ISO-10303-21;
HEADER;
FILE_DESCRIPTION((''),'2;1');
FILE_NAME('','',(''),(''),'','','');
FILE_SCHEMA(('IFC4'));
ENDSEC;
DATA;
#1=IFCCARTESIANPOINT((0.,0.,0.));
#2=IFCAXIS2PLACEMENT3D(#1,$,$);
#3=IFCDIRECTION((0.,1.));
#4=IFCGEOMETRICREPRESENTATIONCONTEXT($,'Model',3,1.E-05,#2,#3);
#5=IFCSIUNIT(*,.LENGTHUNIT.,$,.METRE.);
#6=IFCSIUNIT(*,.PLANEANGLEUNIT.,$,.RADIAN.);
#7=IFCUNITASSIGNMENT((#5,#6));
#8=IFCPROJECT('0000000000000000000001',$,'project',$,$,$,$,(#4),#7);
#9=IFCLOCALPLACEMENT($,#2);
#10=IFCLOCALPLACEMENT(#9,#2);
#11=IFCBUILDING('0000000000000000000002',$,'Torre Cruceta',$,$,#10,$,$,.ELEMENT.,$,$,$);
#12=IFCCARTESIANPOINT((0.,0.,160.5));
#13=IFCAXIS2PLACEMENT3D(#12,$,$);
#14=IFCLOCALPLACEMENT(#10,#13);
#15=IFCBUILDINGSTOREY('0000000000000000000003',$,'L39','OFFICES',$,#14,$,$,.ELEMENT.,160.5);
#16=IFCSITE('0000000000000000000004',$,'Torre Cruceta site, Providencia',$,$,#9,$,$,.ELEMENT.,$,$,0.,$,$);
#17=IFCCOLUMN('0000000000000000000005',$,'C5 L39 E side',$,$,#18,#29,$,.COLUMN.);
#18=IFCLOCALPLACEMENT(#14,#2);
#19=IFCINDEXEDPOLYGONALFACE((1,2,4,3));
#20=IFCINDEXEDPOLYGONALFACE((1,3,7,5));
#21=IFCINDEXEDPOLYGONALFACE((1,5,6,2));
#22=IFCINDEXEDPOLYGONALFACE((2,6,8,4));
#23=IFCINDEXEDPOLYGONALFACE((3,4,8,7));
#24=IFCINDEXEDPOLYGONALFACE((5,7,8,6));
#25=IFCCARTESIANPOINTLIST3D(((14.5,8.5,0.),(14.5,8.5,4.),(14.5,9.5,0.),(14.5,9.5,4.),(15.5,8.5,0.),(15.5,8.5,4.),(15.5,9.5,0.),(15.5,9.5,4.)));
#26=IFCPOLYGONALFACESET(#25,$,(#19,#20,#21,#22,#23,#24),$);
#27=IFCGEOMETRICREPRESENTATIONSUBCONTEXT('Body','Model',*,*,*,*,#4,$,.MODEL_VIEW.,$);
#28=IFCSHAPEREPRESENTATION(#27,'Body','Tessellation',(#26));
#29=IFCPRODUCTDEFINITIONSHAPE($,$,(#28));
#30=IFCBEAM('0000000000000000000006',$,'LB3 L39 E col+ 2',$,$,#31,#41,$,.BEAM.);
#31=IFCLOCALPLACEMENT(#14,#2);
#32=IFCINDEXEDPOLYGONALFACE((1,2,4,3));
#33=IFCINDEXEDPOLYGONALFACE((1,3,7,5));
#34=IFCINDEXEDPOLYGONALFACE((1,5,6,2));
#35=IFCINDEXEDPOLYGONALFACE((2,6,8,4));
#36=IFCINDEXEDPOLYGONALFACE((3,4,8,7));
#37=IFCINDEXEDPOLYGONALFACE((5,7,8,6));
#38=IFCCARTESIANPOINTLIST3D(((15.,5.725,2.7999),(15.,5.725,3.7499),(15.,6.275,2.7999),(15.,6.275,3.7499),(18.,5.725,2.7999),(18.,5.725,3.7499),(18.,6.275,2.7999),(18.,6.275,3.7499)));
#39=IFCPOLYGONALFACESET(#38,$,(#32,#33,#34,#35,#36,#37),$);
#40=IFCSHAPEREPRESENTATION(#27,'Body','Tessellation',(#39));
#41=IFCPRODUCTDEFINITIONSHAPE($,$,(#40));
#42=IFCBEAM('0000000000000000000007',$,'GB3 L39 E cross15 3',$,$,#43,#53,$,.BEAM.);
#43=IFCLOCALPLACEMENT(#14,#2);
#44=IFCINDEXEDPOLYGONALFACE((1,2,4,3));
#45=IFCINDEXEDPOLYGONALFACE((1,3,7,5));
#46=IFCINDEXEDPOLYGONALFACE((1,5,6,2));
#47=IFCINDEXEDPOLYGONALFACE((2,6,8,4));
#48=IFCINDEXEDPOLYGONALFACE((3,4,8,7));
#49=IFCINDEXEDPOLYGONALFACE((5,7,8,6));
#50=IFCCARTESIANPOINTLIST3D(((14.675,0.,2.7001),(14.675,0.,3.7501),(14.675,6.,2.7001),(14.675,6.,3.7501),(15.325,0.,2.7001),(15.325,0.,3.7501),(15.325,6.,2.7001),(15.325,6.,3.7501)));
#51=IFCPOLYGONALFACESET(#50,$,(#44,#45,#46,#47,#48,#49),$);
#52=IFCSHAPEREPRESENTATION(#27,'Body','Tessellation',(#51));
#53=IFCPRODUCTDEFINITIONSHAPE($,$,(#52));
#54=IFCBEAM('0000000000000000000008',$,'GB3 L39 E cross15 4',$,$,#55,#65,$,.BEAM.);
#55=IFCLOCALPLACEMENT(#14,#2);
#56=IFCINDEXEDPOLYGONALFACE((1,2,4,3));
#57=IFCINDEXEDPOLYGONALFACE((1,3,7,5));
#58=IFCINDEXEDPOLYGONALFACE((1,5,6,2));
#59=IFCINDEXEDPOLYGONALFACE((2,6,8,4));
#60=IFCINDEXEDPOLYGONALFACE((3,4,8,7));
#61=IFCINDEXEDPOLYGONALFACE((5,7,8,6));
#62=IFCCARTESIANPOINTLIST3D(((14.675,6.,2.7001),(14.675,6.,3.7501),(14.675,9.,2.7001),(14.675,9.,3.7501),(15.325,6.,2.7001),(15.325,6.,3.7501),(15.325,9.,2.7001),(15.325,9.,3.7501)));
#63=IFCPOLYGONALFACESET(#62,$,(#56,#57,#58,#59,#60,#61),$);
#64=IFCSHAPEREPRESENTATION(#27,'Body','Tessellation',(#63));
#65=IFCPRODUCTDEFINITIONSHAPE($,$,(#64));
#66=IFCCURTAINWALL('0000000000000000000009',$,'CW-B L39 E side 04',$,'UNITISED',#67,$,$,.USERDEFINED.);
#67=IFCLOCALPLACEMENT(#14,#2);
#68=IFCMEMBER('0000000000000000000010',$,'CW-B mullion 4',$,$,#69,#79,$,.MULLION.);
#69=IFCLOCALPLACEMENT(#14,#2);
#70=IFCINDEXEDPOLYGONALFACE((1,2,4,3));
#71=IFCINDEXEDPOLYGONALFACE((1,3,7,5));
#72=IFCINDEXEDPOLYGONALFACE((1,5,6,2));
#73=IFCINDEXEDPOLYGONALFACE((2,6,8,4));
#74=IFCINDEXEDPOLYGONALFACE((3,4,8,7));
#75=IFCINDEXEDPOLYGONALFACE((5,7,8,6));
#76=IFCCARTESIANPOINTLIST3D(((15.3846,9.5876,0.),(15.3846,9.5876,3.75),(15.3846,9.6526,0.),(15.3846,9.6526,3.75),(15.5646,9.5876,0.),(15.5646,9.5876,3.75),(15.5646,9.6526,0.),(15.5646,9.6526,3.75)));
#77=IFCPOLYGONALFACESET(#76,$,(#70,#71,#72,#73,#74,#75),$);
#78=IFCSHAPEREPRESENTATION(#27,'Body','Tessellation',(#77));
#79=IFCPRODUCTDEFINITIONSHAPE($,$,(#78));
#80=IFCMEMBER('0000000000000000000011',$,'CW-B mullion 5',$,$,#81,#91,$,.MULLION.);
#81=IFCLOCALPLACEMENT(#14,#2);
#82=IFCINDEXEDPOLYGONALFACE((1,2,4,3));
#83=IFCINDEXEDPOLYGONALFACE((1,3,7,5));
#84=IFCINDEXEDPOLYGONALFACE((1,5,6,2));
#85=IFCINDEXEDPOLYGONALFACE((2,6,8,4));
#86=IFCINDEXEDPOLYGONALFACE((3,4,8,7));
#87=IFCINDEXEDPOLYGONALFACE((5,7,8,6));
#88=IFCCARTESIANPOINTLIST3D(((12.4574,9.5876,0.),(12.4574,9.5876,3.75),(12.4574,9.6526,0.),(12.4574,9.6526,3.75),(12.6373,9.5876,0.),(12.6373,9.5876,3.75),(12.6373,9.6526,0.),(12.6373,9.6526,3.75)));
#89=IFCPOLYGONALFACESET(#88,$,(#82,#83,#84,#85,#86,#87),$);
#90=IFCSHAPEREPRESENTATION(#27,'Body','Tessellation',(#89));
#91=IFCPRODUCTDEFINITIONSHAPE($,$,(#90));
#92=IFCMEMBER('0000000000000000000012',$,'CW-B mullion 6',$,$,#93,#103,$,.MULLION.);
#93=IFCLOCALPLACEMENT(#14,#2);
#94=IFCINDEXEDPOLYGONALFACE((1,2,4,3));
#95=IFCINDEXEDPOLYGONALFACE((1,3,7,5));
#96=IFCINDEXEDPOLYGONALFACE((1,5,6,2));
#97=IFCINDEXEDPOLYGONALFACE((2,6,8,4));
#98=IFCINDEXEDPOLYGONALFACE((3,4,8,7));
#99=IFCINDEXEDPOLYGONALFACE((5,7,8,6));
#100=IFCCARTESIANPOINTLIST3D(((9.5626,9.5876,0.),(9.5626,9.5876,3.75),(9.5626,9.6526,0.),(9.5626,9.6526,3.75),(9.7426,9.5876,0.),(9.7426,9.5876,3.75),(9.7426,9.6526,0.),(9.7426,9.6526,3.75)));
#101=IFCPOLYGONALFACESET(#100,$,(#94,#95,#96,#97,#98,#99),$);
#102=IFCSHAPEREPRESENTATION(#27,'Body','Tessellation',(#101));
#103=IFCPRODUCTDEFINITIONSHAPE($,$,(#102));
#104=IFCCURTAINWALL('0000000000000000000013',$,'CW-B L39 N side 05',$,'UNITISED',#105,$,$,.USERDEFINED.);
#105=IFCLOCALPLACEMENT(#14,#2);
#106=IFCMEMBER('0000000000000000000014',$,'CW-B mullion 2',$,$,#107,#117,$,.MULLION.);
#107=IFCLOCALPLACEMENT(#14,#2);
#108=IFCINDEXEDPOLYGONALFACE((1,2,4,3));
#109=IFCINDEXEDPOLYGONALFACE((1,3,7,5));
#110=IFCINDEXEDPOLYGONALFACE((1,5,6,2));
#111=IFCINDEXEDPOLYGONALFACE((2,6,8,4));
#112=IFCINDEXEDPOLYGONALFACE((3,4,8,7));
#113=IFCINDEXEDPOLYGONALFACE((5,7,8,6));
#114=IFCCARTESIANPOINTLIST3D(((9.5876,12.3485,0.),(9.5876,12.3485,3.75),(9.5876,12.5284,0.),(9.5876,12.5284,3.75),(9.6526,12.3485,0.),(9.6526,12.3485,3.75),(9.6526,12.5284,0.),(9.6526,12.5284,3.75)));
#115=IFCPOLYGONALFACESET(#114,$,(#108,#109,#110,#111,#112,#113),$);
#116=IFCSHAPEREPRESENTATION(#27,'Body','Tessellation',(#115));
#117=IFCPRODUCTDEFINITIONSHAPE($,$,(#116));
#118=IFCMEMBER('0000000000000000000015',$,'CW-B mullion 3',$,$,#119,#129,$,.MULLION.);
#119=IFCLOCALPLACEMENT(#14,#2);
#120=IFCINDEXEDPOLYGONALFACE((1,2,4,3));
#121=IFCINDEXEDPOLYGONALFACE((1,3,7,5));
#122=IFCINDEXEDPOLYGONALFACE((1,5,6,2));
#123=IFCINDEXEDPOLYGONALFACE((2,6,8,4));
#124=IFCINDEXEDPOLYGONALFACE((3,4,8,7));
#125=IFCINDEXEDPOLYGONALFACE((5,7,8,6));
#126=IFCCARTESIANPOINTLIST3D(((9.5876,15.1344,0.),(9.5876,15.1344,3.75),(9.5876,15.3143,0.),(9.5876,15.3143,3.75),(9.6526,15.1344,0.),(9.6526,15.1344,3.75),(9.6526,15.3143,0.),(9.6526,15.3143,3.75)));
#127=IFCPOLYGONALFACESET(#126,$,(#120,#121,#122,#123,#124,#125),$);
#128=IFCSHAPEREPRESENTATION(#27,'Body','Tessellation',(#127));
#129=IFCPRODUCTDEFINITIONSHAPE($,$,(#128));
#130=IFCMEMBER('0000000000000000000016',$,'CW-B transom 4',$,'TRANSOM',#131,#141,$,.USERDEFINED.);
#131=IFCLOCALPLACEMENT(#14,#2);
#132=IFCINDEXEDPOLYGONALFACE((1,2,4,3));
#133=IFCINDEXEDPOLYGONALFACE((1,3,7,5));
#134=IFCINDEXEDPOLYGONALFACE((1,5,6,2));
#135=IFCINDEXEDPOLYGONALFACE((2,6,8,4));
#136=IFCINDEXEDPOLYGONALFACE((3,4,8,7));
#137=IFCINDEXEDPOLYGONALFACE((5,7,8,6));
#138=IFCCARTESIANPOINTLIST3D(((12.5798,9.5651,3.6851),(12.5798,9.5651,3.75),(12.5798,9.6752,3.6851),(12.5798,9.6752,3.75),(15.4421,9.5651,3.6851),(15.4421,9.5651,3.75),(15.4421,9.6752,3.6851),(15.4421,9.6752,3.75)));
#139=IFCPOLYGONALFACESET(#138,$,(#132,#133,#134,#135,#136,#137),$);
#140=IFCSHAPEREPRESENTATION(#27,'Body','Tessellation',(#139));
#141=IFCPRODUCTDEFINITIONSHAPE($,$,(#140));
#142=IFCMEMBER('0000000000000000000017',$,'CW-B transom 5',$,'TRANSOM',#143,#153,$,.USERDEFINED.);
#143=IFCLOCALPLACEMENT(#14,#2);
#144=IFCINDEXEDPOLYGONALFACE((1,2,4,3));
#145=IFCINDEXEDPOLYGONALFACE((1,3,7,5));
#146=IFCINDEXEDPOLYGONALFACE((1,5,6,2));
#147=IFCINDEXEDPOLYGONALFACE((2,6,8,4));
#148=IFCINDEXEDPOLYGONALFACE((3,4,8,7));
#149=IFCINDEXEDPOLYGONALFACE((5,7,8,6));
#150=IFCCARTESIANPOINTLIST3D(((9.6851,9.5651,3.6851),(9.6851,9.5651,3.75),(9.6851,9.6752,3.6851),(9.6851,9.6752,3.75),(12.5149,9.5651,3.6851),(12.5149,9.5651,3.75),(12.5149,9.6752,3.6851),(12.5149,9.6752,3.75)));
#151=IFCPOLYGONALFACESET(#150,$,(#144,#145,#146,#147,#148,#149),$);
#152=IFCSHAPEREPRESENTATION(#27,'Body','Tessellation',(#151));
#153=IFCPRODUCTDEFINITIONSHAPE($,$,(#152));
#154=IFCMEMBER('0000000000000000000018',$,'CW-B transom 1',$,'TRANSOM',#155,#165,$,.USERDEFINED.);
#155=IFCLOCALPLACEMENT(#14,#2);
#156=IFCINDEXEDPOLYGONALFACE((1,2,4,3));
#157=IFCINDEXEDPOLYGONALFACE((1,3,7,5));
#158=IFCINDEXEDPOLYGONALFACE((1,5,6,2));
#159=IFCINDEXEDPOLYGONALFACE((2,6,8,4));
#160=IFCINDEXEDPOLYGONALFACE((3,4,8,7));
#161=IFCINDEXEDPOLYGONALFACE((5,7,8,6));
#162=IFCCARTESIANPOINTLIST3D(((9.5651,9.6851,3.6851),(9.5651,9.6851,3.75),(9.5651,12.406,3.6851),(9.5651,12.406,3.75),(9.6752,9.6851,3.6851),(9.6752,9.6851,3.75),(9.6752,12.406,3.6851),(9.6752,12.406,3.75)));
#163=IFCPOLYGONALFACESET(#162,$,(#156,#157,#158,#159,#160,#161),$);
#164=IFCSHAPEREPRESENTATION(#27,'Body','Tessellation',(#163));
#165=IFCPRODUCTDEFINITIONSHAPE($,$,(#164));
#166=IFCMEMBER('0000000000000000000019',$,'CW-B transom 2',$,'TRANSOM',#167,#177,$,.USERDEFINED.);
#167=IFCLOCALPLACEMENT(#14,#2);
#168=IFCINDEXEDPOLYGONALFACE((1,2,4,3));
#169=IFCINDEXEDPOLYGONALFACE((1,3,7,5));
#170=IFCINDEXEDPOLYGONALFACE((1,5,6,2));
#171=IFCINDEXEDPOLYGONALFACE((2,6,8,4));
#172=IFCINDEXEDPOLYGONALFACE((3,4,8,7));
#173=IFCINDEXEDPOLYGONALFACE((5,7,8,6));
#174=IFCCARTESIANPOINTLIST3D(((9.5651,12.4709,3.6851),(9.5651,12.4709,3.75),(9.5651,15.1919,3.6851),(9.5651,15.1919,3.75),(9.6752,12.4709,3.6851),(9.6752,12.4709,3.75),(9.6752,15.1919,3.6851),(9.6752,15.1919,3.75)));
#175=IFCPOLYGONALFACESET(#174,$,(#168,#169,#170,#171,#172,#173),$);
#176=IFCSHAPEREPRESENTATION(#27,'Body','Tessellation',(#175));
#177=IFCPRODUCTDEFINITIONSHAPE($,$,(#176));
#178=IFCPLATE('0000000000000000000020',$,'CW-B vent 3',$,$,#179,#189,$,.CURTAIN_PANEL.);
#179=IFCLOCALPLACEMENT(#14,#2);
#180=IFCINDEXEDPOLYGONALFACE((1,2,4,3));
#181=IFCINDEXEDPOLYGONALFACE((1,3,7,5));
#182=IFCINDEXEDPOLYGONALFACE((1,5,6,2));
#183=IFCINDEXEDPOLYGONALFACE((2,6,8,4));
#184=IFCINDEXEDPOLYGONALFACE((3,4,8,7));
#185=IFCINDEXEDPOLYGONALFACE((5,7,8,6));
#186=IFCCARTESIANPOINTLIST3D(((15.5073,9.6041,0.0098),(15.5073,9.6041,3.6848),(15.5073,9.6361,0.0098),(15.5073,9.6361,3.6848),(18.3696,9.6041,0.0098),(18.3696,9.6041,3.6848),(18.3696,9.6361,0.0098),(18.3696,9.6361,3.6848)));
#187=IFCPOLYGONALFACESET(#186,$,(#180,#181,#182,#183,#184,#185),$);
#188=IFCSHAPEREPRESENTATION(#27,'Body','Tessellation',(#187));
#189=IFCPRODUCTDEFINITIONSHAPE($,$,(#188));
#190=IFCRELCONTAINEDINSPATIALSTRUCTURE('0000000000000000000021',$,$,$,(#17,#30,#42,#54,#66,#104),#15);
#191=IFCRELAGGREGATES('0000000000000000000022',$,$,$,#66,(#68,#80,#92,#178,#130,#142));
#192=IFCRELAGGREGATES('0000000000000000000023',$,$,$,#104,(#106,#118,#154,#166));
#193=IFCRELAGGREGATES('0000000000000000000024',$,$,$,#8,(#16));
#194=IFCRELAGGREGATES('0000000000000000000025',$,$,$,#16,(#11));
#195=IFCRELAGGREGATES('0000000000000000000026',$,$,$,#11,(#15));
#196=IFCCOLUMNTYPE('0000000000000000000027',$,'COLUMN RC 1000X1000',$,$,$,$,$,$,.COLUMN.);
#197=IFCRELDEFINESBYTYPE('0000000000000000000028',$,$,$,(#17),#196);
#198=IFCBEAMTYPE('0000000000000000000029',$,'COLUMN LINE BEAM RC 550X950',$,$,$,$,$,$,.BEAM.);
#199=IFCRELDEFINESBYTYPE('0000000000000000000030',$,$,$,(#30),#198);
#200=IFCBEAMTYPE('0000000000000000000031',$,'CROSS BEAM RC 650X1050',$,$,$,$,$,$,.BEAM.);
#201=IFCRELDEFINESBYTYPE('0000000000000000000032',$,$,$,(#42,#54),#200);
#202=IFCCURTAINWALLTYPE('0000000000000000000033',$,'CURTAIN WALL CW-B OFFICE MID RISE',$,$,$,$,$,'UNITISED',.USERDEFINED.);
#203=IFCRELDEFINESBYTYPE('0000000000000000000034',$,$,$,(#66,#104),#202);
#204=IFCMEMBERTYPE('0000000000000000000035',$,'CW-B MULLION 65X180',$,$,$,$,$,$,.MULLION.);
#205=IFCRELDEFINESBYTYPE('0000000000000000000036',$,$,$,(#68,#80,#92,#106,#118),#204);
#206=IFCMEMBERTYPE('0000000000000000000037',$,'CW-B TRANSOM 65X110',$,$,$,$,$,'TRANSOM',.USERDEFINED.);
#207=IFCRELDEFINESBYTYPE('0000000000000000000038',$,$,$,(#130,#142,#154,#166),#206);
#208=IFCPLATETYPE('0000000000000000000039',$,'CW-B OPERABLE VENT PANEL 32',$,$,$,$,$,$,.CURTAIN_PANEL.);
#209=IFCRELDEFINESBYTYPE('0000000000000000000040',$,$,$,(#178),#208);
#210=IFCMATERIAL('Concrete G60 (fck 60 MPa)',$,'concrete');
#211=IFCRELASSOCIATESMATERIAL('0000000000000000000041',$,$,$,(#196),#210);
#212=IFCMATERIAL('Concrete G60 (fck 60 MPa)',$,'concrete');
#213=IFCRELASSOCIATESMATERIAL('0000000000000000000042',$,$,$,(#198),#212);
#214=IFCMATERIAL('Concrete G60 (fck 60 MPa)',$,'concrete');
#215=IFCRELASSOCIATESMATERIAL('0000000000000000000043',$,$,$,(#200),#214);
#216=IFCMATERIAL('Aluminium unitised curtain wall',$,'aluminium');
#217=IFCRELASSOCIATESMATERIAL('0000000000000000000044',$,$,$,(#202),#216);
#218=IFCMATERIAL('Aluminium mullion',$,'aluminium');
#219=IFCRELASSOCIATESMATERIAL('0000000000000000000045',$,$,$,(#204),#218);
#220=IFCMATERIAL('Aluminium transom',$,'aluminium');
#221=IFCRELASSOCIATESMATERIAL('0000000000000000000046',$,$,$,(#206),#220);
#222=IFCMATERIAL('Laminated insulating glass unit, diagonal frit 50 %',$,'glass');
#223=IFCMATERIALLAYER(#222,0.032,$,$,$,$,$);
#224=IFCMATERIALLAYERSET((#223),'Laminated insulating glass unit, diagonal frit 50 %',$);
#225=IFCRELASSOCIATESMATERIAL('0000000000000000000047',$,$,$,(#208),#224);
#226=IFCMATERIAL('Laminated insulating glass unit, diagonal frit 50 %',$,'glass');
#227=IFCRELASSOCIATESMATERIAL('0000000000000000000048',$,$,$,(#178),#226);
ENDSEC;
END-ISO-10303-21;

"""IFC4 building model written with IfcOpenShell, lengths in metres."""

from ifc_helpers import new_model, si_unit, direction, frame, origin, origin_2d, place, context, subcontext, project, spatial, rectangle, extrude, material, layer, layer_set, material_profile, profile_set, type_object, element, aggregate, save


model = new_model("IFC4")

# Units and contexts
model_context = context("Model", 3, precision=1e-05, world=origin(), true_north=direction((0.0, 1.0)))
body_context = subcontext(model_context, "Body", "Model", "MODEL_VIEW")
ifc_project = project(units=[si_unit("LENGTHUNIT", "METRE"), si_unit("PLANEANGLEUNIT", "RADIAN")], contexts=[model_context])

# Site, building, storey
site_placement = place(None, origin())
site = spatial("IfcSite", under=ifc_project, at=site_placement, Name="Torre Cruceta site, Providencia", CompositionType="ELEMENT", RefElevation=0.0)
building_placement = place(site_placement, origin())
building = spatial("IfcBuilding", under=site, at=building_placement, Name="Torre Cruceta", CompositionType="ELEMENT")
storey_placement = place(building_placement, frame((0.0, 0.0, 160.5)))
storey = spatial("IfcBuildingStorey", under=building, at=storey_placement, Name="L39", Description="OFFICES", CompositionType="ELEMENT", Elevation=160.5)

# Column
ifc_material_1 = material(Name="Concrete G60 (fck 60 MPa)", Category="concrete")
ifc_material_profile_1 = material_profile(ifc_material_1, rectangle(XDim=1.0, YDim=1.0, at=origin_2d()), Name="RC 1000X1000")
ifc_profile_set_1 = profile_set([ifc_material_profile_1], Name="Concrete G60 (fck 60 MPa)")
column_type = type_object("IfcColumnType", Name="COLUMN RC 1000X1000", PredefinedType="COLUMN", material=ifc_profile_set_1)
column_placement = place(storey_placement, frame((15.0, 9.0, 0.0), z_axis=(0.0, 0.0, 1.0), x_axis=(1.0, 0.0, 0.0)))
element("IfcColumn", 1, at=column_placement, inside=storey, type_object=column_type, Name="C5 L39 E side", PredefinedType="COLUMN", context=body_context, shape_type="SweptSolid", body=[
    extrude(rectangle(XDim=1.0, YDim=1.0, at=origin_2d()), origin(), (0.0, 0.0, 1.0), 4.0),
])

# Beams
ifc_material_2 = material(Name="Concrete G60 (fck 60 MPa)", Category="concrete")
ifc_material_profile_2 = material_profile(ifc_material_2, rectangle(XDim=0.55, YDim=0.95, at=origin_2d()), Name="RC 550X950")
ifc_profile_set_2 = profile_set([ifc_material_profile_2], Name="Concrete G60 (fck 60 MPa)")
beam_type_1 = type_object("IfcBeamType", Name="COLUMN LINE BEAM RC 550X950", PredefinedType="BEAM", material=ifc_profile_set_2)
beam_1_placement = place(storey_placement, frame((15.0, 6.0, 3.2749), z_axis=(1.0, 0.0, 0.0), x_axis=(0.0, 1.0, 0.0)))
element("IfcBeam", 2, at=beam_1_placement, inside=storey, type_object=beam_type_1, Name="LB3 L39 E col+ 2", PredefinedType="BEAM", context=body_context, shape_type="SweptSolid", body=[
    extrude(rectangle(XDim=0.55, YDim=0.95, at=origin_2d()), origin(), (0.0, 0.0, 1.0), 3.0),
])
ifc_material_3 = material(Name="Concrete G60 (fck 60 MPa)", Category="concrete")
ifc_material_profile_3 = material_profile(ifc_material_3, rectangle(XDim=0.6499, YDim=1.05, at=origin_2d()), Name="RC 650X1050")
ifc_profile_set_3 = profile_set([ifc_material_profile_3], Name="Concrete G60 (fck 60 MPa)")
beam_type_2 = type_object("IfcBeamType", Name="CROSS BEAM RC 650X1050", PredefinedType="BEAM", material=ifc_profile_set_3)
beam_2_placement = place(storey_placement, frame((15.0, 0.0, 3.2251), z_axis=(0.0, 1.0, 0.0), x_axis=(-1.0, 0.0, 0.0)))
element("IfcBeam", 3, at=beam_2_placement, inside=storey, type_object=beam_type_2, Name="GB3 L39 E cross15 3", PredefinedType="BEAM", context=body_context, shape_type="SweptSolid", body=[
    extrude(rectangle(XDim=0.6499, YDim=1.05, at=origin_2d()), origin(), (0.0, 0.0, 1.0), 6.0),
])
beam_3_placement = place(storey_placement, frame((15.0, 6.0, 3.2251), z_axis=(0.0, 1.0, 0.0), x_axis=(-1.0, 0.0, 0.0)))
element("IfcBeam", 4, at=beam_3_placement, inside=storey, type_object=beam_type_2, Name="GB3 L39 E cross15 4", PredefinedType="BEAM", context=body_context, shape_type="SweptSolid", body=[
    extrude(rectangle(XDim=0.6499, YDim=1.05, at=origin_2d()), origin(), (0.0, 0.0, 1.0), 3.0),
])

# Curtain walls, members
ifc_material_4 = material(Name="Aluminium unitised curtain wall", Category="aluminium")
curtain_wall_type = type_object("IfcCurtainWallType", Name="CURTAIN WALL CW-B OFFICE MID RISE", ElementType="UNITISED", PredefinedType="USERDEFINED", material=ifc_material_4)
curtain_wall_1_placement = place(storey_placement, origin())
curtain_wall_1 = element("IfcCurtainWall", 5, at=curtain_wall_1_placement, inside=storey, type_object=curtain_wall_type, Name="CW-B L39 E side 04", ObjectType="UNITISED", PredefinedType="USERDEFINED")
ifc_material_5 = material(Name="Aluminium mullion", Category="aluminium")
ifc_material_profile_4 = material_profile(ifc_material_5, rectangle(XDim=0.0649, YDim=0.1799, at=origin_2d()), Name="AL 65X180")
ifc_profile_set_4 = profile_set([ifc_material_profile_4], Name="Aluminium mullion")
member_type_1 = type_object("IfcMemberType", Name="CW-B MULLION 65X180", PredefinedType="MULLION", material=ifc_profile_set_4)
member_1_placement = place(storey_placement, frame((15.4746, 9.6201, 0.0), z_axis=(0.0, 0.0, 1.0), x_axis=(0.0, -1.0, 0.0)))
member_1 = element("IfcMember", 6, at=member_1_placement, type_object=member_type_1, Name="CW-B mullion 4", PredefinedType="MULLION", context=body_context, shape_type="SweptSolid", body=[
    extrude(rectangle(XDim=0.0649, YDim=0.1799, at=origin_2d()), origin(), (0.0, 0.0, 1.0), 3.75),
])
member_2_placement = place(storey_placement, frame((12.5474, 9.6201, 0.0), z_axis=(0.0, 0.0, 1.0), x_axis=(0.0, -1.0, 0.0)))
member_2 = element("IfcMember", 7, at=member_2_placement, type_object=member_type_1, Name="CW-B mullion 5", PredefinedType="MULLION", context=body_context, shape_type="SweptSolid", body=[
    extrude(rectangle(XDim=0.0649, YDim=0.1799, at=origin_2d()), origin(), (0.0, 0.0, 1.0), 3.75),
])
member_3_placement = place(storey_placement, frame((9.6526, 9.6201, 0.0), z_axis=(0.0, 0.0, 1.0), x_axis=(0.0, -1.0, 0.0)))
member_3 = element("IfcMember", 8, at=member_3_placement, type_object=member_type_1, Name="CW-B mullion 6", PredefinedType="MULLION", context=body_context, shape_type="SweptSolid", body=[
    extrude(rectangle(XDim=0.0649, YDim=0.1799, at=origin_2d()), origin(), (0.0, 0.0, 1.0), 3.75),
])
curtain_wall_2_placement = place(storey_placement, origin())
curtain_wall_2 = element("IfcCurtainWall", 9, at=curtain_wall_2_placement, inside=storey, type_object=curtain_wall_type, Name="CW-B L39 N side 05", ObjectType="UNITISED", PredefinedType="USERDEFINED")
member_4_placement = place(storey_placement, frame((9.6201, 12.4385, 0.0), z_axis=(0.0, 0.0, 1.0), x_axis=(-1.0, 0.0, 0.0)))
member_4 = element("IfcMember", 10, at=member_4_placement, type_object=member_type_1, Name="CW-B mullion 2", PredefinedType="MULLION", context=body_context, shape_type="SweptSolid", body=[
    extrude(rectangle(XDim=0.0649, YDim=0.1799, at=origin_2d()), origin(), (0.0, 0.0, 1.0), 3.75),
])
member_5_placement = place(storey_placement, frame((9.6201, 15.2244, 0.0), z_axis=(0.0, 0.0, 1.0), x_axis=(-1.0, 0.0, 0.0)))
member_5 = element("IfcMember", 11, at=member_5_placement, type_object=member_type_1, Name="CW-B mullion 3", PredefinedType="MULLION", context=body_context, shape_type="SweptSolid", body=[
    extrude(rectangle(XDim=0.0649, YDim=0.1799, at=origin_2d()), origin(), (0.0, 0.0, 1.0), 3.75),
])

# Members
ifc_material_6 = material(Name="Aluminium transom", Category="aluminium")
ifc_material_profile_5 = material_profile(ifc_material_6, rectangle(XDim=0.1101, YDim=0.0649, at=origin_2d()), Name="AL 110X65")
ifc_profile_set_5 = profile_set([ifc_material_profile_5], Name="Aluminium transom")
member_type_2 = type_object("IfcMemberType", Name="CW-B TRANSOM 65X110", ElementType="TRANSOM", PredefinedType="USERDEFINED", material=ifc_profile_set_5)
member_6_placement = place(storey_placement, frame((15.4421, 9.6201, 3.7175), z_axis=(-1.0, 0.0, 0.0), x_axis=(0.0, -1.0, 0.0)))
member_6 = element("IfcMember", 12, at=member_6_placement, type_object=member_type_2, Name="CW-B transom 4", ObjectType="TRANSOM", PredefinedType="USERDEFINED", context=body_context, shape_type="SweptSolid", body=[
    extrude(rectangle(XDim=0.1101, YDim=0.0649, at=origin_2d()), origin(), (0.0, 0.0, 1.0), 2.8623),
])
member_7_placement = place(storey_placement, frame((12.5149, 9.6201, 3.7175), z_axis=(-1.0, 0.0, 0.0), x_axis=(0.0, -1.0, 0.0)))
member_7 = element("IfcMember", 13, at=member_7_placement, type_object=member_type_2, Name="CW-B transom 5", ObjectType="TRANSOM", PredefinedType="USERDEFINED", context=body_context, shape_type="SweptSolid", body=[
    extrude(rectangle(XDim=0.1101, YDim=0.0649, at=origin_2d()), origin(), (0.0, 0.0, 1.0), 2.8298),
])
member_8_placement = place(storey_placement, frame((9.6201, 9.6851, 3.7175), z_axis=(0.0, 1.0, 0.0), x_axis=(-1.0, 0.0, 0.0)))
member_8 = element("IfcMember", 14, at=member_8_placement, type_object=member_type_2, Name="CW-B transom 1", ObjectType="TRANSOM", PredefinedType="USERDEFINED", context=body_context, shape_type="SweptSolid", body=[
    extrude(rectangle(XDim=0.1101, YDim=0.0649, at=origin_2d()), origin(), (0.0, 0.0, 1.0), 2.7209),
])
member_9_placement = place(storey_placement, frame((9.6201, 12.4709, 3.7175), z_axis=(0.0, 1.0, 0.0), x_axis=(-1.0, 0.0, 0.0)))
member_9 = element("IfcMember", 15, at=member_9_placement, type_object=member_type_2, Name="CW-B transom 2", ObjectType="TRANSOM", PredefinedType="USERDEFINED", context=body_context, shape_type="SweptSolid", body=[
    extrude(rectangle(XDim=0.1101, YDim=0.0649, at=origin_2d()), origin(), (0.0, 0.0, 1.0), 2.7209),
])

# Plate
ifc_material_7 = material(Name="Laminated insulating glass unit, diagonal frit 50 %", Category="glass")
ifc_material_8 = material(Name="Laminated insulating glass unit, diagonal frit 50 %", Category="glass")
ifc_layer_1 = layer(ifc_material_8, 0.032)
ifc_layer_set_1 = layer_set([ifc_layer_1], Name="Laminated insulating glass unit, diagonal frit 50 %")
plate_type_1 = type_object("IfcPlateType", Name="CW-B OPERABLE VENT PANEL 32", PredefinedType="CURTAIN_PANEL", material=ifc_layer_set_1)
plate_1_placement = place(storey_placement, frame((16.9385, 9.6201, 0.0098), z_axis=(0.0, 0.0, 1.0), x_axis=(-1.0, 0.0, 0.0)))
plate_1 = element("IfcPlate", 16, at=plate_1_placement, type_object=plate_type_1, material=ifc_material_7, Name="CW-B vent 3", PredefinedType="CURTAIN_PANEL", context=body_context, shape_type="SweptSolid", body=[
    extrude(rectangle(XDim=2.8623, YDim=0.032, at=origin_2d()), origin(), (0.0, 0.0, 1.0), 3.675),
])
aggregate(curtain_wall_1, [member_1, member_2, member_3, plate_1, member_6, member_7])
aggregate(curtain_wall_2, [member_4, member_5, member_8, member_9])

save(model, "model.ifc")
